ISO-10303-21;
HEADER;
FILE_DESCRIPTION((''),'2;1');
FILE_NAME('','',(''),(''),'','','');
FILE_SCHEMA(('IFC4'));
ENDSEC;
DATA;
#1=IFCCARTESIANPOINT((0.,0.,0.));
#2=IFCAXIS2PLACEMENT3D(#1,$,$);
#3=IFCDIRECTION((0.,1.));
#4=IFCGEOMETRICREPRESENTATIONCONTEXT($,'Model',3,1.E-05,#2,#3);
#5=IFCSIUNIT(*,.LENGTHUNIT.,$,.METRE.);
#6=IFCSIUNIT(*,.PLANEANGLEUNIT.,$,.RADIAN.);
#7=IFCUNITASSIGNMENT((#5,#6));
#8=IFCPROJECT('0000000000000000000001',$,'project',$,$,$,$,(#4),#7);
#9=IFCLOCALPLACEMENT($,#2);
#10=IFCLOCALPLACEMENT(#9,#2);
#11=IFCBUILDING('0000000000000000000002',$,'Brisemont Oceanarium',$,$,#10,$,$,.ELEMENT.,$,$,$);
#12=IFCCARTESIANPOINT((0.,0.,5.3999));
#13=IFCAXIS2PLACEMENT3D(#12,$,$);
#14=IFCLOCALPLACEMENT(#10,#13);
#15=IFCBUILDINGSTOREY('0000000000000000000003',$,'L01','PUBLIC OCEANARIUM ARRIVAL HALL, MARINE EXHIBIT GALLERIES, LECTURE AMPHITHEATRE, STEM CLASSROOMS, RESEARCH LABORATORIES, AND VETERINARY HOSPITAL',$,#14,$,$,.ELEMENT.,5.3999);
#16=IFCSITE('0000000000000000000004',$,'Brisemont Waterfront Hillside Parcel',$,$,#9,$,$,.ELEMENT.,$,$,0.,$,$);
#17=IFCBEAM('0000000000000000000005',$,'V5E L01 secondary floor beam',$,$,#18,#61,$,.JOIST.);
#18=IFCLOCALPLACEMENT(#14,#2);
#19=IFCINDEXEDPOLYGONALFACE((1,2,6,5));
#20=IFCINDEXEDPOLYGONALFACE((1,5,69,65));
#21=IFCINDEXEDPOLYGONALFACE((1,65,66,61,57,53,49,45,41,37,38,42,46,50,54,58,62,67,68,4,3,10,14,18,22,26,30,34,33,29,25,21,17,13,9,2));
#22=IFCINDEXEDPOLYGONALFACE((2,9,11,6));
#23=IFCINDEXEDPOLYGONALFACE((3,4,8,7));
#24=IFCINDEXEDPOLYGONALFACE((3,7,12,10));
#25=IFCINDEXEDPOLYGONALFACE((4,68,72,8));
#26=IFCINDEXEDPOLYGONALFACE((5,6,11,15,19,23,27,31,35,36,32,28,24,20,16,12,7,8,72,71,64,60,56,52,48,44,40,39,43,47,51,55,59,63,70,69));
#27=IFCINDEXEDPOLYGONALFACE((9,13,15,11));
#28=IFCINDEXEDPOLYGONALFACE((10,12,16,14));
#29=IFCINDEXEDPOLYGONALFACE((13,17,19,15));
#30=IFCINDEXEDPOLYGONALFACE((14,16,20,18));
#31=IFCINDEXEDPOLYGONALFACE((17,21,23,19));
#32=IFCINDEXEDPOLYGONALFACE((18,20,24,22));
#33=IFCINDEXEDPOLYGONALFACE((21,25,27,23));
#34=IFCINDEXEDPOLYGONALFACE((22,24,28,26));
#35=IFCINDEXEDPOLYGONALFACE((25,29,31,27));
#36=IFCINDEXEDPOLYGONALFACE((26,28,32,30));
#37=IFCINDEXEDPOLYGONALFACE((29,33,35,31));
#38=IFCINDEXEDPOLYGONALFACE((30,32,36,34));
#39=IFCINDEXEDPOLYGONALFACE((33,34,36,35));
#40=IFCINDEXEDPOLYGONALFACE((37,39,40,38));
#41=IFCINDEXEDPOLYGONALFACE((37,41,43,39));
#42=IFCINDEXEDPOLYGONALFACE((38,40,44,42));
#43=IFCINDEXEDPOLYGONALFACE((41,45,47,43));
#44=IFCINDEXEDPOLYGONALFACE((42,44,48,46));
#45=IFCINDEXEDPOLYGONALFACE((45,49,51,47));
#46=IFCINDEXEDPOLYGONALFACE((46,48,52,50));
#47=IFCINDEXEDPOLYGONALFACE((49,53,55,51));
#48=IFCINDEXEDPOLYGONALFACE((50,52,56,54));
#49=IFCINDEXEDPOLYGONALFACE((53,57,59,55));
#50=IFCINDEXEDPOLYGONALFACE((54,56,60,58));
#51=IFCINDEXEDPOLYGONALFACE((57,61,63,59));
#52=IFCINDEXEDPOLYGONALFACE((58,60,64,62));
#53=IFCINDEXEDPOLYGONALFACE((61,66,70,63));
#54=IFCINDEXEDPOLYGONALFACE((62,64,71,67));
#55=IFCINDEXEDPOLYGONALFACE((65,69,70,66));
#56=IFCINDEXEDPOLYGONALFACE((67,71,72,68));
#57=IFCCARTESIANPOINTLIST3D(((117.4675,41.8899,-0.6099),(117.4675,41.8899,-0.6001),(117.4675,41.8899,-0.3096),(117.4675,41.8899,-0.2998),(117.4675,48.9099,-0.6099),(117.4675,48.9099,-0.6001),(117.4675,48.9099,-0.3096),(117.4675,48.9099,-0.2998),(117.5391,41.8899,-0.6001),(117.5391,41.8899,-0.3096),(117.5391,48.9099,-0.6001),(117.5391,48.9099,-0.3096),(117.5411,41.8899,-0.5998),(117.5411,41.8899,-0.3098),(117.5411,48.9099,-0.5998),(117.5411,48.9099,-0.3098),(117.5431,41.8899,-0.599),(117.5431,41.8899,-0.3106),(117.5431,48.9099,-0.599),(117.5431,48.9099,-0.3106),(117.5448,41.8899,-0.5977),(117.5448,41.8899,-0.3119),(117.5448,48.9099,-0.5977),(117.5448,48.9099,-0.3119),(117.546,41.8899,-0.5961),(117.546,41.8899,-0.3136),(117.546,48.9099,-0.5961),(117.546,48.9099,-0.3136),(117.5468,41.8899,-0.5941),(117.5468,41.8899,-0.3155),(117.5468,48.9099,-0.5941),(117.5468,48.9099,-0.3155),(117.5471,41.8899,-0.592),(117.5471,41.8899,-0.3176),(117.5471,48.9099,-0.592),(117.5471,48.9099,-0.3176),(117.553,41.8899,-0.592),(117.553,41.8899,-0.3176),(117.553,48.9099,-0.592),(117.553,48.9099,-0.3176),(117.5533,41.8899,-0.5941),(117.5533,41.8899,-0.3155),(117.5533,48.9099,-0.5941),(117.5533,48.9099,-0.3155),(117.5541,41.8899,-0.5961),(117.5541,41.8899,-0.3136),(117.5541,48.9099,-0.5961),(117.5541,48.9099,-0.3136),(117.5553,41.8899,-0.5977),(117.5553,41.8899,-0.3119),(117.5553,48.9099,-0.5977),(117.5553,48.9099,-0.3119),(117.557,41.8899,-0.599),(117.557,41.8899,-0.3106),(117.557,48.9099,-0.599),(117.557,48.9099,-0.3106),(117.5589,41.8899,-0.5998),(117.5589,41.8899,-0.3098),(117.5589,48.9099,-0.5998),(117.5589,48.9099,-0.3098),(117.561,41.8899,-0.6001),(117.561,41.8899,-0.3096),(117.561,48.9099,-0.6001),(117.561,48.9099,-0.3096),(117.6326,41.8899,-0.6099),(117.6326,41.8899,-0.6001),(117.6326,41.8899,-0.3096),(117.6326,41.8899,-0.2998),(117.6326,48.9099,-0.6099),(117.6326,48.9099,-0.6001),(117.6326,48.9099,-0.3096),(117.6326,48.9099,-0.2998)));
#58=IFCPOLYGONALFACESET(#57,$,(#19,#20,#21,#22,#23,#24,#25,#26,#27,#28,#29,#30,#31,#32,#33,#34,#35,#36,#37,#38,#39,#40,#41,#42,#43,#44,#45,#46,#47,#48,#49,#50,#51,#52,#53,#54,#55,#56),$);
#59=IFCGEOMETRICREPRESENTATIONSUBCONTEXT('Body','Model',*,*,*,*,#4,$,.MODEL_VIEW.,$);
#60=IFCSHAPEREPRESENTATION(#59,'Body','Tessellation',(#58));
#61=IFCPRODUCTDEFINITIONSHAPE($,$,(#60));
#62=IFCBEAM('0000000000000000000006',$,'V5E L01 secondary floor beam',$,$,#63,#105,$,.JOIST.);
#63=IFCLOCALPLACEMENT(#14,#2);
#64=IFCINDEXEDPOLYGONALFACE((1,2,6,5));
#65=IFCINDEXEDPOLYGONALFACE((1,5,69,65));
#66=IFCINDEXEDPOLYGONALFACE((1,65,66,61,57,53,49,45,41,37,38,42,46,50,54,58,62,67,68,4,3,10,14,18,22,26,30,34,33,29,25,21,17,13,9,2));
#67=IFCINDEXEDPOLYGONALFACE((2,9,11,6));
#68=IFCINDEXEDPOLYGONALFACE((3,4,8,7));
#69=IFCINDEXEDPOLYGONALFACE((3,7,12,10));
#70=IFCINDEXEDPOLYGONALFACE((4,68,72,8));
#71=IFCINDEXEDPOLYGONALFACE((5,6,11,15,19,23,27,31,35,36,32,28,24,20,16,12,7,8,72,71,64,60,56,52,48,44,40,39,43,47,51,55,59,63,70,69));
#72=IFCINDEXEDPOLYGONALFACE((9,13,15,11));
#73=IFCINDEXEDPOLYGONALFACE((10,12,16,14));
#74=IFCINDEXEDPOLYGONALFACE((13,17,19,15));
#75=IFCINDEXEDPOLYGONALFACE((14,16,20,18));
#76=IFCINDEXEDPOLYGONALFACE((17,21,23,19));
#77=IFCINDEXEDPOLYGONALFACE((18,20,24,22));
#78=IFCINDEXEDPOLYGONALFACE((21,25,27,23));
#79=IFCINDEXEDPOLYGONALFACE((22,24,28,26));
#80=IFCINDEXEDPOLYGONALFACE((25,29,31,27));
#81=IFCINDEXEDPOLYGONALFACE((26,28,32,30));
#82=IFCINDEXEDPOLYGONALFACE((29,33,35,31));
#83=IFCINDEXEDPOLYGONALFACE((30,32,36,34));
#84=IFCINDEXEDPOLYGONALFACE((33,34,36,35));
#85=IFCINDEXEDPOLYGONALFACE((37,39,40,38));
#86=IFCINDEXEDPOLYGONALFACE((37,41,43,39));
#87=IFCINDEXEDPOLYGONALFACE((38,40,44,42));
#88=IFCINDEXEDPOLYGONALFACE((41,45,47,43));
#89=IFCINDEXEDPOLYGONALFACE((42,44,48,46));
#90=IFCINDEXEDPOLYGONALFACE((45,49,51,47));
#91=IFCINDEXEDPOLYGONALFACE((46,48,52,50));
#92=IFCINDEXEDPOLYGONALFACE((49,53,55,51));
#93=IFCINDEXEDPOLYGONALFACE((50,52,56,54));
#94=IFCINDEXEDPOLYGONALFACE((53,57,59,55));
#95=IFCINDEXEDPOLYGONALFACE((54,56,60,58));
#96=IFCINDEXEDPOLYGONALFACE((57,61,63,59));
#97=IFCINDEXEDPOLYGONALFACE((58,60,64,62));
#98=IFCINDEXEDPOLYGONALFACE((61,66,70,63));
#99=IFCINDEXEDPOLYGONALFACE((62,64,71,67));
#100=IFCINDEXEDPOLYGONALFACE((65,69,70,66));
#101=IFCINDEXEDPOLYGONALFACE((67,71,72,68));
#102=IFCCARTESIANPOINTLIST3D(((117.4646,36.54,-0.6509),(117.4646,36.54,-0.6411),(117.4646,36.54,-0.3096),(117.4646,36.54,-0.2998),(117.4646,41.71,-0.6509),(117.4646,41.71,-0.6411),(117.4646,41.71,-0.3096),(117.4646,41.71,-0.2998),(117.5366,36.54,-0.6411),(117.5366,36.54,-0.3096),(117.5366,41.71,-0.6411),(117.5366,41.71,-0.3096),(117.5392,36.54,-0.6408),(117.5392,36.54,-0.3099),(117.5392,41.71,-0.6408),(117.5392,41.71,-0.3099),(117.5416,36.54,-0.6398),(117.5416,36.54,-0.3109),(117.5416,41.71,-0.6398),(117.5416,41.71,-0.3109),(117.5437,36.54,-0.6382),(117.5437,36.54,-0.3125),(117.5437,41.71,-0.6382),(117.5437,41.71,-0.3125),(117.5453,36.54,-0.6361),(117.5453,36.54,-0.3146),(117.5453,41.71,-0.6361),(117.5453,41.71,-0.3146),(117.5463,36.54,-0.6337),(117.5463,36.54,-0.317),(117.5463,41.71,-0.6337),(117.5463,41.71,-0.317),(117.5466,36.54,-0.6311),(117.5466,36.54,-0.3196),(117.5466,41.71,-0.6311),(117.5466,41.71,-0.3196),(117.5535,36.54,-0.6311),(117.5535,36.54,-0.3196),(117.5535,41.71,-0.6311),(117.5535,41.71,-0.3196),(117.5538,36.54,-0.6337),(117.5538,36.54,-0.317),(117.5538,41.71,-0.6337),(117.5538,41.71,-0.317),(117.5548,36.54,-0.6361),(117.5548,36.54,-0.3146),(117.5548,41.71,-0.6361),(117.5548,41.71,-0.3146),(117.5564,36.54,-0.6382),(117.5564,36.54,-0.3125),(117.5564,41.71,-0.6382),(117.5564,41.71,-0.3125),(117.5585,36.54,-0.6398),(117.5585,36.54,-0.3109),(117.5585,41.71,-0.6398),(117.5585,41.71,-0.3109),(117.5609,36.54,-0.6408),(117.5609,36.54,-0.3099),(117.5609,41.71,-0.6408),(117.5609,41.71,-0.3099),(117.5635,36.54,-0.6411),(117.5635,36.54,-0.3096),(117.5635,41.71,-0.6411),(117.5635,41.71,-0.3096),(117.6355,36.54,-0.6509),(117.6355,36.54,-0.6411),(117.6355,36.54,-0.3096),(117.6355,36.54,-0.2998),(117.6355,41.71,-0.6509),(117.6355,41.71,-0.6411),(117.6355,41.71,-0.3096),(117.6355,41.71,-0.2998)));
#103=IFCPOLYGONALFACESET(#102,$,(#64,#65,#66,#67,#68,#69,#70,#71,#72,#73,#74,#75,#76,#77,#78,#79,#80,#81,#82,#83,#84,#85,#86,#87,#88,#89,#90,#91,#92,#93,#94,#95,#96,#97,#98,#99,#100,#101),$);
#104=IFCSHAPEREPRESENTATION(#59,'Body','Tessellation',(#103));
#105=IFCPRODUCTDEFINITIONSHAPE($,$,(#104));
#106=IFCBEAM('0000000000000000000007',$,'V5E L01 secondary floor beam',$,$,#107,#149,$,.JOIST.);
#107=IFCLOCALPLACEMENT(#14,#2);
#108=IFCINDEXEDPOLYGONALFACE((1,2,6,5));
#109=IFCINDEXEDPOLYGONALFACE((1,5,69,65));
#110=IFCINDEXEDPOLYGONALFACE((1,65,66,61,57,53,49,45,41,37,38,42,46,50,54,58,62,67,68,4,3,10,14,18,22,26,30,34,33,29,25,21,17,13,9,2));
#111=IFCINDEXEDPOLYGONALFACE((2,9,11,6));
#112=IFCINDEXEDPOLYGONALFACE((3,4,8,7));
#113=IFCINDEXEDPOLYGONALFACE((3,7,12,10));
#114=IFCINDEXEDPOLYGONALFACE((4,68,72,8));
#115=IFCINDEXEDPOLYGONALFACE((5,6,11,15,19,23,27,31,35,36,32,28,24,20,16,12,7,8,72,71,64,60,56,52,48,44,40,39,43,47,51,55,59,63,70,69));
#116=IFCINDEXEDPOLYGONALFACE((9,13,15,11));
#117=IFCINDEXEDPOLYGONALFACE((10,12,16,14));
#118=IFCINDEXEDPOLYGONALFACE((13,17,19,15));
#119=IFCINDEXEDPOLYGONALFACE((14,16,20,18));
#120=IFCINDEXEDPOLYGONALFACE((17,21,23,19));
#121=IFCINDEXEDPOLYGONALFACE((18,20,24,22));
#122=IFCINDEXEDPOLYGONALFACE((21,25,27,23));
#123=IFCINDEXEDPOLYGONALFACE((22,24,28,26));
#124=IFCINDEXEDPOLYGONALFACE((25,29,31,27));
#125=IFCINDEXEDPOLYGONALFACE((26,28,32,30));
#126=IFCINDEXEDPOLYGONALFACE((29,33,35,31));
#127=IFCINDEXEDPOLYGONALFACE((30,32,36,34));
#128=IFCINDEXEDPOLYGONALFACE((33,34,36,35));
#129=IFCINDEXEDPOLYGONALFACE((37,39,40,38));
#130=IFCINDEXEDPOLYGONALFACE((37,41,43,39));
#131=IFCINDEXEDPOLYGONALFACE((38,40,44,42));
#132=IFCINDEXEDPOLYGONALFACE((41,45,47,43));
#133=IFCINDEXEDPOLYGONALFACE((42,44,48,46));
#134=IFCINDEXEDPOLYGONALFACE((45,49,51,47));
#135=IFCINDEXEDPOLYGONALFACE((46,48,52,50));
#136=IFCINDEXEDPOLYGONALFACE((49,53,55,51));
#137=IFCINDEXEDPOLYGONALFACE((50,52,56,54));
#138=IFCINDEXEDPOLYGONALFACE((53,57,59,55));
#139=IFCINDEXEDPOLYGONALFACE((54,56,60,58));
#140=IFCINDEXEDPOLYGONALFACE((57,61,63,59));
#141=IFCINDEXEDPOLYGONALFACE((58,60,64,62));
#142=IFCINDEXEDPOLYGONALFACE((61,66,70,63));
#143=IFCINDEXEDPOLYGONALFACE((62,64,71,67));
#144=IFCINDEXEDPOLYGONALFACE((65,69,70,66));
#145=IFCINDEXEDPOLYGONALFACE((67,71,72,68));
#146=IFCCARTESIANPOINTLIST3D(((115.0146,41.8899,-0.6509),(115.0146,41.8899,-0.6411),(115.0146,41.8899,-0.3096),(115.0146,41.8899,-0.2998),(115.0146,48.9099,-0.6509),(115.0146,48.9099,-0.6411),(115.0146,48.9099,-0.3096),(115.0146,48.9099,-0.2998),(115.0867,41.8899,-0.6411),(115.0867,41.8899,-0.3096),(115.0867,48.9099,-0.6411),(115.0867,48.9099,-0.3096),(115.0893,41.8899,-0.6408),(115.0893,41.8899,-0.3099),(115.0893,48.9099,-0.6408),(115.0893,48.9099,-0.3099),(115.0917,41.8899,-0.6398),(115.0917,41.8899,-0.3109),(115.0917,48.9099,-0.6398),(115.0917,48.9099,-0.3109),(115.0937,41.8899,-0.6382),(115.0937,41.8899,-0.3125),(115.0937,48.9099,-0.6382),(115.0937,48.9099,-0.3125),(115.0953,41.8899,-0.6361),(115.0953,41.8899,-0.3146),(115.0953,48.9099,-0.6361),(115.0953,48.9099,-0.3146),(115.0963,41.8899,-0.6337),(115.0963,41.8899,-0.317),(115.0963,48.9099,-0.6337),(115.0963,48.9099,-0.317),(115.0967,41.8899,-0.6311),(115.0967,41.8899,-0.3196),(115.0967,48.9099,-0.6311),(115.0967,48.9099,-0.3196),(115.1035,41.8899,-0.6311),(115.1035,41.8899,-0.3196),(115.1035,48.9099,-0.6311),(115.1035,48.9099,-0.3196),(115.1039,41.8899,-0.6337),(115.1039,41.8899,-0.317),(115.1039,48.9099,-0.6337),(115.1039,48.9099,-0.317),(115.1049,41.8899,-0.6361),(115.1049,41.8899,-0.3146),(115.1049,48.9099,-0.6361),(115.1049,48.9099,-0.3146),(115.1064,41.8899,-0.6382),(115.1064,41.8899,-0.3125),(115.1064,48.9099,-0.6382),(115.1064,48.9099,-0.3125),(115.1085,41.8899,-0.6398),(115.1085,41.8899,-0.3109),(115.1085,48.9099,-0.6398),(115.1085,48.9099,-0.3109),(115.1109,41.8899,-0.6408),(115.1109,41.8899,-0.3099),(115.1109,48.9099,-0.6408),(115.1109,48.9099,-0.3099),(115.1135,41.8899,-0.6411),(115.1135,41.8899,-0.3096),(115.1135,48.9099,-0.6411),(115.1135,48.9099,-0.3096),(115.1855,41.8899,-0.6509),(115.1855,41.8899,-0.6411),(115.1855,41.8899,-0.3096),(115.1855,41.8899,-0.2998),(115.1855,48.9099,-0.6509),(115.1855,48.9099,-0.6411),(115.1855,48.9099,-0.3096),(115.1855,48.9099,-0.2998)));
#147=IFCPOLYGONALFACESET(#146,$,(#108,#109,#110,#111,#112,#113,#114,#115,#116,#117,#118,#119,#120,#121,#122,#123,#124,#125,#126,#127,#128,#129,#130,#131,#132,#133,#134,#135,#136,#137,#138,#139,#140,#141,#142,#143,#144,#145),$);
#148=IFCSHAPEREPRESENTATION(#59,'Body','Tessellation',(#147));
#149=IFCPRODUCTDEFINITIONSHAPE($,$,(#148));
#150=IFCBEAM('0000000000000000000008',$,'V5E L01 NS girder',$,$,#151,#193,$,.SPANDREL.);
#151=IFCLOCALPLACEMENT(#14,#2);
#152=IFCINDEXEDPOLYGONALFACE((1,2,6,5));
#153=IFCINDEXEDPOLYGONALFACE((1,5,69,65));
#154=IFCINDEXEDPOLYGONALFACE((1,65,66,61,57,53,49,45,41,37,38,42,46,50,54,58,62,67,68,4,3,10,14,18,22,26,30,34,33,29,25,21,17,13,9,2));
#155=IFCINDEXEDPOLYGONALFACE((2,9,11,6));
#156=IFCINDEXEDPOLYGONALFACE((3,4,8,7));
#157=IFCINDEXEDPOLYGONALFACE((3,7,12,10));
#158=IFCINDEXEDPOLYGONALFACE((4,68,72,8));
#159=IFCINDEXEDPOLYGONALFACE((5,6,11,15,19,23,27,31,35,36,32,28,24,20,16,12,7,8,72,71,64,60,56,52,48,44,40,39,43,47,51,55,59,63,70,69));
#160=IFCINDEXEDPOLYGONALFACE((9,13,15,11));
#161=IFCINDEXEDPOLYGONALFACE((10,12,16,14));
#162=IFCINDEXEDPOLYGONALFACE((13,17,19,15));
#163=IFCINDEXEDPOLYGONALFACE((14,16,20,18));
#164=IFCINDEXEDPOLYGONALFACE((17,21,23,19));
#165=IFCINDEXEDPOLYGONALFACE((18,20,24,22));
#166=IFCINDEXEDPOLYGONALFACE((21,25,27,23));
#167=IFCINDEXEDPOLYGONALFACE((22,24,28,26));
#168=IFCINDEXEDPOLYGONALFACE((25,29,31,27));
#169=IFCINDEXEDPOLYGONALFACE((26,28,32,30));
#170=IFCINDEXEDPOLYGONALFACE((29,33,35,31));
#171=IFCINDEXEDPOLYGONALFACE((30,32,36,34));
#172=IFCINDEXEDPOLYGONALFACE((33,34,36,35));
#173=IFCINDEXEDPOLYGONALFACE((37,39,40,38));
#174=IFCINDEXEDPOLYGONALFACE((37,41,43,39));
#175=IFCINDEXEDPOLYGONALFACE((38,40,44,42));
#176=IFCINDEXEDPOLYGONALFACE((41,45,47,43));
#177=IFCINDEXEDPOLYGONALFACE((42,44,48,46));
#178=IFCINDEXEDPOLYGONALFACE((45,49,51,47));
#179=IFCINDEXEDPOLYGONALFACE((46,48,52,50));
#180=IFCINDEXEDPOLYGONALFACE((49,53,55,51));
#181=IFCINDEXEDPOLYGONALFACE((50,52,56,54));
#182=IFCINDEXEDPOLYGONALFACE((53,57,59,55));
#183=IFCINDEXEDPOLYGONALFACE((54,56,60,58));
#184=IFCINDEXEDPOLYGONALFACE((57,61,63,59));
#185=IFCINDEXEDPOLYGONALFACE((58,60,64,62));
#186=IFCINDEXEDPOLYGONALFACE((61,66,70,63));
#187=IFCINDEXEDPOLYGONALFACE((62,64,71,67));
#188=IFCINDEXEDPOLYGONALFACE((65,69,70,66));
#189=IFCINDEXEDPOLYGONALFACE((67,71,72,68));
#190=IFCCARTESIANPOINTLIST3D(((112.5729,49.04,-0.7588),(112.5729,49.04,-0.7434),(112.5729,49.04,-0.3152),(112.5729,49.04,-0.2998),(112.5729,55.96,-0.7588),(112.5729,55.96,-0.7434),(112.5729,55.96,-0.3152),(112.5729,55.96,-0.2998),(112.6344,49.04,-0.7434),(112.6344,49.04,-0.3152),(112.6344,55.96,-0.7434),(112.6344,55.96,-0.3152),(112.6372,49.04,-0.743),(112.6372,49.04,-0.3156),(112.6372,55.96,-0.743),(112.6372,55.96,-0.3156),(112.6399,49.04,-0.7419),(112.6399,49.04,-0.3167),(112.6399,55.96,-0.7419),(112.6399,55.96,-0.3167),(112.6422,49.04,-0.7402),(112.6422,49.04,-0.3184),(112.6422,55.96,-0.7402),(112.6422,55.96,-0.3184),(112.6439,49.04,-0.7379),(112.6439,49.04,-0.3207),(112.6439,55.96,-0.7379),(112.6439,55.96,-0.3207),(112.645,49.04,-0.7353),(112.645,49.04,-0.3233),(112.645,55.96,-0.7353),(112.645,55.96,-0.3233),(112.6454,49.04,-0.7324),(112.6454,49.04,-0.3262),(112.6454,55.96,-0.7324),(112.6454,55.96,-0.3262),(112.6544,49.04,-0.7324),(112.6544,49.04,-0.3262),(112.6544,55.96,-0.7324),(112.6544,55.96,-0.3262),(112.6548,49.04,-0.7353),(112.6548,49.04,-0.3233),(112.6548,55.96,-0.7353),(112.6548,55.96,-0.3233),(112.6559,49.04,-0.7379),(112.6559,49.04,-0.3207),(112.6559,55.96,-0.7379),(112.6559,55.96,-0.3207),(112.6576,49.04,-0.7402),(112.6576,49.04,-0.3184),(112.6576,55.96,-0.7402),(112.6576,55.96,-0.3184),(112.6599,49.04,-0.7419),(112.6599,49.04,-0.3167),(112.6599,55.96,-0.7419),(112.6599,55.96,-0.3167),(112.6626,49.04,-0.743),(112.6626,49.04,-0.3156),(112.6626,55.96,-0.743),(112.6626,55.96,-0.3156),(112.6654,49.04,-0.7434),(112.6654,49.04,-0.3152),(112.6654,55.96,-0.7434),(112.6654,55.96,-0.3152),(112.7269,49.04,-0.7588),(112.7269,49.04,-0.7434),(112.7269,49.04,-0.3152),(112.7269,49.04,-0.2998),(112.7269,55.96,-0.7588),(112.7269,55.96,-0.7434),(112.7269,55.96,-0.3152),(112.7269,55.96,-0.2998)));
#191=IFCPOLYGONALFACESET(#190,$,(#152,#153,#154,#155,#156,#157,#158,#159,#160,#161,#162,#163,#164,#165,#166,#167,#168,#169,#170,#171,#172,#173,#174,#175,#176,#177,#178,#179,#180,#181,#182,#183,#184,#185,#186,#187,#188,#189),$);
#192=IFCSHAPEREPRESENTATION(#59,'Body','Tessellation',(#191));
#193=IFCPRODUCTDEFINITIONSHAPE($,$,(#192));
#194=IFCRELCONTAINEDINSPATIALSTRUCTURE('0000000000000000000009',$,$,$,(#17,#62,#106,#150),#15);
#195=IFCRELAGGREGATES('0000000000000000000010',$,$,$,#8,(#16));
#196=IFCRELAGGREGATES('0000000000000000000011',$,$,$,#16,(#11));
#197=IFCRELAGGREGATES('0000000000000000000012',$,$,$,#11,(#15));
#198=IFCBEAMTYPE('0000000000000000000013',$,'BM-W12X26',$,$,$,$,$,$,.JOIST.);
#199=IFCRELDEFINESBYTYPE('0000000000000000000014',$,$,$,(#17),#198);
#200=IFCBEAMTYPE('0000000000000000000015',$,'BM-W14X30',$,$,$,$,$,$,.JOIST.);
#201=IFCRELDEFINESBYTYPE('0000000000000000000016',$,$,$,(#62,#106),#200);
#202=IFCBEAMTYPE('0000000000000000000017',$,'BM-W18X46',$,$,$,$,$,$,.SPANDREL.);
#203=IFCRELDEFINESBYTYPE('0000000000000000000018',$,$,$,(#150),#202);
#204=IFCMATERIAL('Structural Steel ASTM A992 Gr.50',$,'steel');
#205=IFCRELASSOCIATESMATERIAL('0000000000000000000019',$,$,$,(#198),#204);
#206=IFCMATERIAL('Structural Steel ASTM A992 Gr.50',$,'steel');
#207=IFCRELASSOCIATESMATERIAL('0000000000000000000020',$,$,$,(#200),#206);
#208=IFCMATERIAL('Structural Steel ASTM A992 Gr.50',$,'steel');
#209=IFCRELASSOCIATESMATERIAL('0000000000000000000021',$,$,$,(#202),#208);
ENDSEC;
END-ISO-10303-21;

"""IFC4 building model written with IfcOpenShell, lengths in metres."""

from ifc_helpers import new_model, si_unit, direction, frame, origin, origin_2d, place, context, subcontext, project, spatial, i_section, extrude, material, material_profile, profile_set, type_object, element, save


model = new_model("IFC4")

# Units and contexts
model_context = context("Model", 3, precision=1e-05, world=origin(), true_north=direction((0.0, 1.0)))
body_context = subcontext(model_context, "Body", "Model", "MODEL_VIEW")
ifc_project = project(units=[si_unit("LENGTHUNIT", "METRE"), si_unit("PLANEANGLEUNIT", "RADIAN")], contexts=[model_context])

# Site, building, storey
site_placement = place(None, origin())
site = spatial("IfcSite", under=ifc_project, at=site_placement, Name="Brisemont Waterfront Hillside Parcel", CompositionType="ELEMENT", RefElevation=0.0)
building_placement = place(site_placement, origin())
building = spatial("IfcBuilding", under=site, at=building_placement, Name="Brisemont Oceanarium", CompositionType="ELEMENT")
storey_placement = place(building_placement, frame((0.0, 0.0, 5.3999)))
storey = spatial("IfcBuildingStorey", under=building, at=storey_placement, Name="L01", Description="PUBLIC OCEANARIUM ARRIVAL HALL, MARINE EXHIBIT GALLERIES, LECTURE AMPHITHEATRE, STEM CLASSROOMS, RESEARCH LABORATORIES, AND VETERINARY HOSPITAL", CompositionType="ELEMENT", Elevation=5.3999)

# Beams
ifc_material_1 = material(Name="Structural Steel ASTM A992 Gr.50", Category="steel")
ifc_material_profile_1 = material_profile(ifc_material_1, i_section(OverallWidth=0.165, OverallDepth=0.3101, WebThickness=0.0059, FlangeThickness=0.0098, FilletRadius=0.0081, at=origin_2d()), Name="W12X26")
ifc_profile_set_1 = profile_set([ifc_material_profile_1], Name="Structural Steel ASTM A992 Gr.50")
beam_type_1 = type_object("IfcBeamType", Name="BM-W12X26", PredefinedType="JOIST", material=ifc_profile_set_1)
beam_1_placement = place(storey_placement, frame((117.55, 41.8899, -0.4548), z_axis=(0.0, 1.0, 0.0), x_axis=(-1.0, 0.0, 0.0)))
element("IfcBeam", 1, at=beam_1_placement, inside=storey, type_object=beam_type_1, Name="V5E L01 secondary floor beam", PredefinedType="JOIST", context=body_context, shape_type="SweptSolid", body=[
    extrude(i_section(OverallWidth=0.165, OverallDepth=0.3101, WebThickness=0.0059, FlangeThickness=0.0098, FilletRadius=0.0081, at=origin_2d()), origin(), (0.0, 0.0, 1.0), 7.02),
])
ifc_material_2 = material(Name="Structural Steel ASTM A992 Gr.50", Category="steel")
ifc_material_profile_2 = material_profile(ifc_material_2, i_section(OverallWidth=0.1709, OverallDepth=0.3511, WebThickness=0.0068, FlangeThickness=0.0098, FilletRadius=0.01, at=origin_2d()), Name="W14X30")
ifc_profile_set_2 = profile_set([ifc_material_profile_2], Name="Structural Steel ASTM A992 Gr.50")
beam_type_2 = type_object("IfcBeamType", Name="BM-W14X30", PredefinedType="JOIST", material=ifc_profile_set_2)
beam_2_placement = place(storey_placement, frame((117.55, 36.54, -0.4753), z_axis=(0.0, 1.0, 0.0), x_axis=(-1.0, 0.0, 0.0)))
element("IfcBeam", 2, at=beam_2_placement, inside=storey, type_object=beam_type_2, Name="V5E L01 secondary floor beam", PredefinedType="JOIST", context=body_context, shape_type="SweptSolid", body=[
    extrude(i_section(OverallWidth=0.1709, OverallDepth=0.3511, WebThickness=0.0068, FlangeThickness=0.0098, FilletRadius=0.01, at=origin_2d()), origin(), (0.0, 0.0, 1.0), 5.1699),
])
beam_3_placement = place(storey_placement, frame((115.1001, 41.8899, -0.4753), z_axis=(0.0, 1.0, 0.0), x_axis=(-1.0, 0.0, 0.0)))
element("IfcBeam", 3, at=beam_3_placement, inside=storey, type_object=beam_type_2, Name="V5E L01 secondary floor beam", PredefinedType="JOIST", context=body_context, shape_type="SweptSolid", body=[
    extrude(i_section(OverallWidth=0.1709, OverallDepth=0.3511, WebThickness=0.0068, FlangeThickness=0.0098, FilletRadius=0.01, at=origin_2d()), origin(), (0.0, 0.0, 1.0), 7.02),
])
ifc_material_3 = material(Name="Structural Steel ASTM A992 Gr.50", Category="steel")
ifc_material_profile_3 = material_profile(ifc_material_3, i_section(OverallWidth=0.1541, OverallDepth=0.459, WebThickness=0.009, FlangeThickness=0.0154, FilletRadius=0.011, at=origin_2d()), Name="W18X46")
ifc_profile_set_3 = profile_set([ifc_material_profile_3], Name="Structural Steel ASTM A992 Gr.50")
beam_type_3 = type_object("IfcBeamType", Name="BM-W18X46", PredefinedType="SPANDREL", material=ifc_profile_set_3)
beam_4_placement = place(storey_placement, frame((112.6499, 49.04, -0.5293), z_axis=(0.0, 1.0, 0.0), x_axis=(-1.0, 0.0, 0.0)))
element("IfcBeam", 4, at=beam_4_placement, inside=storey, type_object=beam_type_3, Name="V5E L01 NS girder", PredefinedType="SPANDREL", context=body_context, shape_type="SweptSolid", body=[
    extrude(i_section(OverallWidth=0.1541, OverallDepth=0.459, WebThickness=0.009, FlangeThickness=0.0154, FilletRadius=0.011, at=origin_2d()), origin(), (0.0, 0.0, 1.0), 6.9199),
])

save(model, "model.ifc")
